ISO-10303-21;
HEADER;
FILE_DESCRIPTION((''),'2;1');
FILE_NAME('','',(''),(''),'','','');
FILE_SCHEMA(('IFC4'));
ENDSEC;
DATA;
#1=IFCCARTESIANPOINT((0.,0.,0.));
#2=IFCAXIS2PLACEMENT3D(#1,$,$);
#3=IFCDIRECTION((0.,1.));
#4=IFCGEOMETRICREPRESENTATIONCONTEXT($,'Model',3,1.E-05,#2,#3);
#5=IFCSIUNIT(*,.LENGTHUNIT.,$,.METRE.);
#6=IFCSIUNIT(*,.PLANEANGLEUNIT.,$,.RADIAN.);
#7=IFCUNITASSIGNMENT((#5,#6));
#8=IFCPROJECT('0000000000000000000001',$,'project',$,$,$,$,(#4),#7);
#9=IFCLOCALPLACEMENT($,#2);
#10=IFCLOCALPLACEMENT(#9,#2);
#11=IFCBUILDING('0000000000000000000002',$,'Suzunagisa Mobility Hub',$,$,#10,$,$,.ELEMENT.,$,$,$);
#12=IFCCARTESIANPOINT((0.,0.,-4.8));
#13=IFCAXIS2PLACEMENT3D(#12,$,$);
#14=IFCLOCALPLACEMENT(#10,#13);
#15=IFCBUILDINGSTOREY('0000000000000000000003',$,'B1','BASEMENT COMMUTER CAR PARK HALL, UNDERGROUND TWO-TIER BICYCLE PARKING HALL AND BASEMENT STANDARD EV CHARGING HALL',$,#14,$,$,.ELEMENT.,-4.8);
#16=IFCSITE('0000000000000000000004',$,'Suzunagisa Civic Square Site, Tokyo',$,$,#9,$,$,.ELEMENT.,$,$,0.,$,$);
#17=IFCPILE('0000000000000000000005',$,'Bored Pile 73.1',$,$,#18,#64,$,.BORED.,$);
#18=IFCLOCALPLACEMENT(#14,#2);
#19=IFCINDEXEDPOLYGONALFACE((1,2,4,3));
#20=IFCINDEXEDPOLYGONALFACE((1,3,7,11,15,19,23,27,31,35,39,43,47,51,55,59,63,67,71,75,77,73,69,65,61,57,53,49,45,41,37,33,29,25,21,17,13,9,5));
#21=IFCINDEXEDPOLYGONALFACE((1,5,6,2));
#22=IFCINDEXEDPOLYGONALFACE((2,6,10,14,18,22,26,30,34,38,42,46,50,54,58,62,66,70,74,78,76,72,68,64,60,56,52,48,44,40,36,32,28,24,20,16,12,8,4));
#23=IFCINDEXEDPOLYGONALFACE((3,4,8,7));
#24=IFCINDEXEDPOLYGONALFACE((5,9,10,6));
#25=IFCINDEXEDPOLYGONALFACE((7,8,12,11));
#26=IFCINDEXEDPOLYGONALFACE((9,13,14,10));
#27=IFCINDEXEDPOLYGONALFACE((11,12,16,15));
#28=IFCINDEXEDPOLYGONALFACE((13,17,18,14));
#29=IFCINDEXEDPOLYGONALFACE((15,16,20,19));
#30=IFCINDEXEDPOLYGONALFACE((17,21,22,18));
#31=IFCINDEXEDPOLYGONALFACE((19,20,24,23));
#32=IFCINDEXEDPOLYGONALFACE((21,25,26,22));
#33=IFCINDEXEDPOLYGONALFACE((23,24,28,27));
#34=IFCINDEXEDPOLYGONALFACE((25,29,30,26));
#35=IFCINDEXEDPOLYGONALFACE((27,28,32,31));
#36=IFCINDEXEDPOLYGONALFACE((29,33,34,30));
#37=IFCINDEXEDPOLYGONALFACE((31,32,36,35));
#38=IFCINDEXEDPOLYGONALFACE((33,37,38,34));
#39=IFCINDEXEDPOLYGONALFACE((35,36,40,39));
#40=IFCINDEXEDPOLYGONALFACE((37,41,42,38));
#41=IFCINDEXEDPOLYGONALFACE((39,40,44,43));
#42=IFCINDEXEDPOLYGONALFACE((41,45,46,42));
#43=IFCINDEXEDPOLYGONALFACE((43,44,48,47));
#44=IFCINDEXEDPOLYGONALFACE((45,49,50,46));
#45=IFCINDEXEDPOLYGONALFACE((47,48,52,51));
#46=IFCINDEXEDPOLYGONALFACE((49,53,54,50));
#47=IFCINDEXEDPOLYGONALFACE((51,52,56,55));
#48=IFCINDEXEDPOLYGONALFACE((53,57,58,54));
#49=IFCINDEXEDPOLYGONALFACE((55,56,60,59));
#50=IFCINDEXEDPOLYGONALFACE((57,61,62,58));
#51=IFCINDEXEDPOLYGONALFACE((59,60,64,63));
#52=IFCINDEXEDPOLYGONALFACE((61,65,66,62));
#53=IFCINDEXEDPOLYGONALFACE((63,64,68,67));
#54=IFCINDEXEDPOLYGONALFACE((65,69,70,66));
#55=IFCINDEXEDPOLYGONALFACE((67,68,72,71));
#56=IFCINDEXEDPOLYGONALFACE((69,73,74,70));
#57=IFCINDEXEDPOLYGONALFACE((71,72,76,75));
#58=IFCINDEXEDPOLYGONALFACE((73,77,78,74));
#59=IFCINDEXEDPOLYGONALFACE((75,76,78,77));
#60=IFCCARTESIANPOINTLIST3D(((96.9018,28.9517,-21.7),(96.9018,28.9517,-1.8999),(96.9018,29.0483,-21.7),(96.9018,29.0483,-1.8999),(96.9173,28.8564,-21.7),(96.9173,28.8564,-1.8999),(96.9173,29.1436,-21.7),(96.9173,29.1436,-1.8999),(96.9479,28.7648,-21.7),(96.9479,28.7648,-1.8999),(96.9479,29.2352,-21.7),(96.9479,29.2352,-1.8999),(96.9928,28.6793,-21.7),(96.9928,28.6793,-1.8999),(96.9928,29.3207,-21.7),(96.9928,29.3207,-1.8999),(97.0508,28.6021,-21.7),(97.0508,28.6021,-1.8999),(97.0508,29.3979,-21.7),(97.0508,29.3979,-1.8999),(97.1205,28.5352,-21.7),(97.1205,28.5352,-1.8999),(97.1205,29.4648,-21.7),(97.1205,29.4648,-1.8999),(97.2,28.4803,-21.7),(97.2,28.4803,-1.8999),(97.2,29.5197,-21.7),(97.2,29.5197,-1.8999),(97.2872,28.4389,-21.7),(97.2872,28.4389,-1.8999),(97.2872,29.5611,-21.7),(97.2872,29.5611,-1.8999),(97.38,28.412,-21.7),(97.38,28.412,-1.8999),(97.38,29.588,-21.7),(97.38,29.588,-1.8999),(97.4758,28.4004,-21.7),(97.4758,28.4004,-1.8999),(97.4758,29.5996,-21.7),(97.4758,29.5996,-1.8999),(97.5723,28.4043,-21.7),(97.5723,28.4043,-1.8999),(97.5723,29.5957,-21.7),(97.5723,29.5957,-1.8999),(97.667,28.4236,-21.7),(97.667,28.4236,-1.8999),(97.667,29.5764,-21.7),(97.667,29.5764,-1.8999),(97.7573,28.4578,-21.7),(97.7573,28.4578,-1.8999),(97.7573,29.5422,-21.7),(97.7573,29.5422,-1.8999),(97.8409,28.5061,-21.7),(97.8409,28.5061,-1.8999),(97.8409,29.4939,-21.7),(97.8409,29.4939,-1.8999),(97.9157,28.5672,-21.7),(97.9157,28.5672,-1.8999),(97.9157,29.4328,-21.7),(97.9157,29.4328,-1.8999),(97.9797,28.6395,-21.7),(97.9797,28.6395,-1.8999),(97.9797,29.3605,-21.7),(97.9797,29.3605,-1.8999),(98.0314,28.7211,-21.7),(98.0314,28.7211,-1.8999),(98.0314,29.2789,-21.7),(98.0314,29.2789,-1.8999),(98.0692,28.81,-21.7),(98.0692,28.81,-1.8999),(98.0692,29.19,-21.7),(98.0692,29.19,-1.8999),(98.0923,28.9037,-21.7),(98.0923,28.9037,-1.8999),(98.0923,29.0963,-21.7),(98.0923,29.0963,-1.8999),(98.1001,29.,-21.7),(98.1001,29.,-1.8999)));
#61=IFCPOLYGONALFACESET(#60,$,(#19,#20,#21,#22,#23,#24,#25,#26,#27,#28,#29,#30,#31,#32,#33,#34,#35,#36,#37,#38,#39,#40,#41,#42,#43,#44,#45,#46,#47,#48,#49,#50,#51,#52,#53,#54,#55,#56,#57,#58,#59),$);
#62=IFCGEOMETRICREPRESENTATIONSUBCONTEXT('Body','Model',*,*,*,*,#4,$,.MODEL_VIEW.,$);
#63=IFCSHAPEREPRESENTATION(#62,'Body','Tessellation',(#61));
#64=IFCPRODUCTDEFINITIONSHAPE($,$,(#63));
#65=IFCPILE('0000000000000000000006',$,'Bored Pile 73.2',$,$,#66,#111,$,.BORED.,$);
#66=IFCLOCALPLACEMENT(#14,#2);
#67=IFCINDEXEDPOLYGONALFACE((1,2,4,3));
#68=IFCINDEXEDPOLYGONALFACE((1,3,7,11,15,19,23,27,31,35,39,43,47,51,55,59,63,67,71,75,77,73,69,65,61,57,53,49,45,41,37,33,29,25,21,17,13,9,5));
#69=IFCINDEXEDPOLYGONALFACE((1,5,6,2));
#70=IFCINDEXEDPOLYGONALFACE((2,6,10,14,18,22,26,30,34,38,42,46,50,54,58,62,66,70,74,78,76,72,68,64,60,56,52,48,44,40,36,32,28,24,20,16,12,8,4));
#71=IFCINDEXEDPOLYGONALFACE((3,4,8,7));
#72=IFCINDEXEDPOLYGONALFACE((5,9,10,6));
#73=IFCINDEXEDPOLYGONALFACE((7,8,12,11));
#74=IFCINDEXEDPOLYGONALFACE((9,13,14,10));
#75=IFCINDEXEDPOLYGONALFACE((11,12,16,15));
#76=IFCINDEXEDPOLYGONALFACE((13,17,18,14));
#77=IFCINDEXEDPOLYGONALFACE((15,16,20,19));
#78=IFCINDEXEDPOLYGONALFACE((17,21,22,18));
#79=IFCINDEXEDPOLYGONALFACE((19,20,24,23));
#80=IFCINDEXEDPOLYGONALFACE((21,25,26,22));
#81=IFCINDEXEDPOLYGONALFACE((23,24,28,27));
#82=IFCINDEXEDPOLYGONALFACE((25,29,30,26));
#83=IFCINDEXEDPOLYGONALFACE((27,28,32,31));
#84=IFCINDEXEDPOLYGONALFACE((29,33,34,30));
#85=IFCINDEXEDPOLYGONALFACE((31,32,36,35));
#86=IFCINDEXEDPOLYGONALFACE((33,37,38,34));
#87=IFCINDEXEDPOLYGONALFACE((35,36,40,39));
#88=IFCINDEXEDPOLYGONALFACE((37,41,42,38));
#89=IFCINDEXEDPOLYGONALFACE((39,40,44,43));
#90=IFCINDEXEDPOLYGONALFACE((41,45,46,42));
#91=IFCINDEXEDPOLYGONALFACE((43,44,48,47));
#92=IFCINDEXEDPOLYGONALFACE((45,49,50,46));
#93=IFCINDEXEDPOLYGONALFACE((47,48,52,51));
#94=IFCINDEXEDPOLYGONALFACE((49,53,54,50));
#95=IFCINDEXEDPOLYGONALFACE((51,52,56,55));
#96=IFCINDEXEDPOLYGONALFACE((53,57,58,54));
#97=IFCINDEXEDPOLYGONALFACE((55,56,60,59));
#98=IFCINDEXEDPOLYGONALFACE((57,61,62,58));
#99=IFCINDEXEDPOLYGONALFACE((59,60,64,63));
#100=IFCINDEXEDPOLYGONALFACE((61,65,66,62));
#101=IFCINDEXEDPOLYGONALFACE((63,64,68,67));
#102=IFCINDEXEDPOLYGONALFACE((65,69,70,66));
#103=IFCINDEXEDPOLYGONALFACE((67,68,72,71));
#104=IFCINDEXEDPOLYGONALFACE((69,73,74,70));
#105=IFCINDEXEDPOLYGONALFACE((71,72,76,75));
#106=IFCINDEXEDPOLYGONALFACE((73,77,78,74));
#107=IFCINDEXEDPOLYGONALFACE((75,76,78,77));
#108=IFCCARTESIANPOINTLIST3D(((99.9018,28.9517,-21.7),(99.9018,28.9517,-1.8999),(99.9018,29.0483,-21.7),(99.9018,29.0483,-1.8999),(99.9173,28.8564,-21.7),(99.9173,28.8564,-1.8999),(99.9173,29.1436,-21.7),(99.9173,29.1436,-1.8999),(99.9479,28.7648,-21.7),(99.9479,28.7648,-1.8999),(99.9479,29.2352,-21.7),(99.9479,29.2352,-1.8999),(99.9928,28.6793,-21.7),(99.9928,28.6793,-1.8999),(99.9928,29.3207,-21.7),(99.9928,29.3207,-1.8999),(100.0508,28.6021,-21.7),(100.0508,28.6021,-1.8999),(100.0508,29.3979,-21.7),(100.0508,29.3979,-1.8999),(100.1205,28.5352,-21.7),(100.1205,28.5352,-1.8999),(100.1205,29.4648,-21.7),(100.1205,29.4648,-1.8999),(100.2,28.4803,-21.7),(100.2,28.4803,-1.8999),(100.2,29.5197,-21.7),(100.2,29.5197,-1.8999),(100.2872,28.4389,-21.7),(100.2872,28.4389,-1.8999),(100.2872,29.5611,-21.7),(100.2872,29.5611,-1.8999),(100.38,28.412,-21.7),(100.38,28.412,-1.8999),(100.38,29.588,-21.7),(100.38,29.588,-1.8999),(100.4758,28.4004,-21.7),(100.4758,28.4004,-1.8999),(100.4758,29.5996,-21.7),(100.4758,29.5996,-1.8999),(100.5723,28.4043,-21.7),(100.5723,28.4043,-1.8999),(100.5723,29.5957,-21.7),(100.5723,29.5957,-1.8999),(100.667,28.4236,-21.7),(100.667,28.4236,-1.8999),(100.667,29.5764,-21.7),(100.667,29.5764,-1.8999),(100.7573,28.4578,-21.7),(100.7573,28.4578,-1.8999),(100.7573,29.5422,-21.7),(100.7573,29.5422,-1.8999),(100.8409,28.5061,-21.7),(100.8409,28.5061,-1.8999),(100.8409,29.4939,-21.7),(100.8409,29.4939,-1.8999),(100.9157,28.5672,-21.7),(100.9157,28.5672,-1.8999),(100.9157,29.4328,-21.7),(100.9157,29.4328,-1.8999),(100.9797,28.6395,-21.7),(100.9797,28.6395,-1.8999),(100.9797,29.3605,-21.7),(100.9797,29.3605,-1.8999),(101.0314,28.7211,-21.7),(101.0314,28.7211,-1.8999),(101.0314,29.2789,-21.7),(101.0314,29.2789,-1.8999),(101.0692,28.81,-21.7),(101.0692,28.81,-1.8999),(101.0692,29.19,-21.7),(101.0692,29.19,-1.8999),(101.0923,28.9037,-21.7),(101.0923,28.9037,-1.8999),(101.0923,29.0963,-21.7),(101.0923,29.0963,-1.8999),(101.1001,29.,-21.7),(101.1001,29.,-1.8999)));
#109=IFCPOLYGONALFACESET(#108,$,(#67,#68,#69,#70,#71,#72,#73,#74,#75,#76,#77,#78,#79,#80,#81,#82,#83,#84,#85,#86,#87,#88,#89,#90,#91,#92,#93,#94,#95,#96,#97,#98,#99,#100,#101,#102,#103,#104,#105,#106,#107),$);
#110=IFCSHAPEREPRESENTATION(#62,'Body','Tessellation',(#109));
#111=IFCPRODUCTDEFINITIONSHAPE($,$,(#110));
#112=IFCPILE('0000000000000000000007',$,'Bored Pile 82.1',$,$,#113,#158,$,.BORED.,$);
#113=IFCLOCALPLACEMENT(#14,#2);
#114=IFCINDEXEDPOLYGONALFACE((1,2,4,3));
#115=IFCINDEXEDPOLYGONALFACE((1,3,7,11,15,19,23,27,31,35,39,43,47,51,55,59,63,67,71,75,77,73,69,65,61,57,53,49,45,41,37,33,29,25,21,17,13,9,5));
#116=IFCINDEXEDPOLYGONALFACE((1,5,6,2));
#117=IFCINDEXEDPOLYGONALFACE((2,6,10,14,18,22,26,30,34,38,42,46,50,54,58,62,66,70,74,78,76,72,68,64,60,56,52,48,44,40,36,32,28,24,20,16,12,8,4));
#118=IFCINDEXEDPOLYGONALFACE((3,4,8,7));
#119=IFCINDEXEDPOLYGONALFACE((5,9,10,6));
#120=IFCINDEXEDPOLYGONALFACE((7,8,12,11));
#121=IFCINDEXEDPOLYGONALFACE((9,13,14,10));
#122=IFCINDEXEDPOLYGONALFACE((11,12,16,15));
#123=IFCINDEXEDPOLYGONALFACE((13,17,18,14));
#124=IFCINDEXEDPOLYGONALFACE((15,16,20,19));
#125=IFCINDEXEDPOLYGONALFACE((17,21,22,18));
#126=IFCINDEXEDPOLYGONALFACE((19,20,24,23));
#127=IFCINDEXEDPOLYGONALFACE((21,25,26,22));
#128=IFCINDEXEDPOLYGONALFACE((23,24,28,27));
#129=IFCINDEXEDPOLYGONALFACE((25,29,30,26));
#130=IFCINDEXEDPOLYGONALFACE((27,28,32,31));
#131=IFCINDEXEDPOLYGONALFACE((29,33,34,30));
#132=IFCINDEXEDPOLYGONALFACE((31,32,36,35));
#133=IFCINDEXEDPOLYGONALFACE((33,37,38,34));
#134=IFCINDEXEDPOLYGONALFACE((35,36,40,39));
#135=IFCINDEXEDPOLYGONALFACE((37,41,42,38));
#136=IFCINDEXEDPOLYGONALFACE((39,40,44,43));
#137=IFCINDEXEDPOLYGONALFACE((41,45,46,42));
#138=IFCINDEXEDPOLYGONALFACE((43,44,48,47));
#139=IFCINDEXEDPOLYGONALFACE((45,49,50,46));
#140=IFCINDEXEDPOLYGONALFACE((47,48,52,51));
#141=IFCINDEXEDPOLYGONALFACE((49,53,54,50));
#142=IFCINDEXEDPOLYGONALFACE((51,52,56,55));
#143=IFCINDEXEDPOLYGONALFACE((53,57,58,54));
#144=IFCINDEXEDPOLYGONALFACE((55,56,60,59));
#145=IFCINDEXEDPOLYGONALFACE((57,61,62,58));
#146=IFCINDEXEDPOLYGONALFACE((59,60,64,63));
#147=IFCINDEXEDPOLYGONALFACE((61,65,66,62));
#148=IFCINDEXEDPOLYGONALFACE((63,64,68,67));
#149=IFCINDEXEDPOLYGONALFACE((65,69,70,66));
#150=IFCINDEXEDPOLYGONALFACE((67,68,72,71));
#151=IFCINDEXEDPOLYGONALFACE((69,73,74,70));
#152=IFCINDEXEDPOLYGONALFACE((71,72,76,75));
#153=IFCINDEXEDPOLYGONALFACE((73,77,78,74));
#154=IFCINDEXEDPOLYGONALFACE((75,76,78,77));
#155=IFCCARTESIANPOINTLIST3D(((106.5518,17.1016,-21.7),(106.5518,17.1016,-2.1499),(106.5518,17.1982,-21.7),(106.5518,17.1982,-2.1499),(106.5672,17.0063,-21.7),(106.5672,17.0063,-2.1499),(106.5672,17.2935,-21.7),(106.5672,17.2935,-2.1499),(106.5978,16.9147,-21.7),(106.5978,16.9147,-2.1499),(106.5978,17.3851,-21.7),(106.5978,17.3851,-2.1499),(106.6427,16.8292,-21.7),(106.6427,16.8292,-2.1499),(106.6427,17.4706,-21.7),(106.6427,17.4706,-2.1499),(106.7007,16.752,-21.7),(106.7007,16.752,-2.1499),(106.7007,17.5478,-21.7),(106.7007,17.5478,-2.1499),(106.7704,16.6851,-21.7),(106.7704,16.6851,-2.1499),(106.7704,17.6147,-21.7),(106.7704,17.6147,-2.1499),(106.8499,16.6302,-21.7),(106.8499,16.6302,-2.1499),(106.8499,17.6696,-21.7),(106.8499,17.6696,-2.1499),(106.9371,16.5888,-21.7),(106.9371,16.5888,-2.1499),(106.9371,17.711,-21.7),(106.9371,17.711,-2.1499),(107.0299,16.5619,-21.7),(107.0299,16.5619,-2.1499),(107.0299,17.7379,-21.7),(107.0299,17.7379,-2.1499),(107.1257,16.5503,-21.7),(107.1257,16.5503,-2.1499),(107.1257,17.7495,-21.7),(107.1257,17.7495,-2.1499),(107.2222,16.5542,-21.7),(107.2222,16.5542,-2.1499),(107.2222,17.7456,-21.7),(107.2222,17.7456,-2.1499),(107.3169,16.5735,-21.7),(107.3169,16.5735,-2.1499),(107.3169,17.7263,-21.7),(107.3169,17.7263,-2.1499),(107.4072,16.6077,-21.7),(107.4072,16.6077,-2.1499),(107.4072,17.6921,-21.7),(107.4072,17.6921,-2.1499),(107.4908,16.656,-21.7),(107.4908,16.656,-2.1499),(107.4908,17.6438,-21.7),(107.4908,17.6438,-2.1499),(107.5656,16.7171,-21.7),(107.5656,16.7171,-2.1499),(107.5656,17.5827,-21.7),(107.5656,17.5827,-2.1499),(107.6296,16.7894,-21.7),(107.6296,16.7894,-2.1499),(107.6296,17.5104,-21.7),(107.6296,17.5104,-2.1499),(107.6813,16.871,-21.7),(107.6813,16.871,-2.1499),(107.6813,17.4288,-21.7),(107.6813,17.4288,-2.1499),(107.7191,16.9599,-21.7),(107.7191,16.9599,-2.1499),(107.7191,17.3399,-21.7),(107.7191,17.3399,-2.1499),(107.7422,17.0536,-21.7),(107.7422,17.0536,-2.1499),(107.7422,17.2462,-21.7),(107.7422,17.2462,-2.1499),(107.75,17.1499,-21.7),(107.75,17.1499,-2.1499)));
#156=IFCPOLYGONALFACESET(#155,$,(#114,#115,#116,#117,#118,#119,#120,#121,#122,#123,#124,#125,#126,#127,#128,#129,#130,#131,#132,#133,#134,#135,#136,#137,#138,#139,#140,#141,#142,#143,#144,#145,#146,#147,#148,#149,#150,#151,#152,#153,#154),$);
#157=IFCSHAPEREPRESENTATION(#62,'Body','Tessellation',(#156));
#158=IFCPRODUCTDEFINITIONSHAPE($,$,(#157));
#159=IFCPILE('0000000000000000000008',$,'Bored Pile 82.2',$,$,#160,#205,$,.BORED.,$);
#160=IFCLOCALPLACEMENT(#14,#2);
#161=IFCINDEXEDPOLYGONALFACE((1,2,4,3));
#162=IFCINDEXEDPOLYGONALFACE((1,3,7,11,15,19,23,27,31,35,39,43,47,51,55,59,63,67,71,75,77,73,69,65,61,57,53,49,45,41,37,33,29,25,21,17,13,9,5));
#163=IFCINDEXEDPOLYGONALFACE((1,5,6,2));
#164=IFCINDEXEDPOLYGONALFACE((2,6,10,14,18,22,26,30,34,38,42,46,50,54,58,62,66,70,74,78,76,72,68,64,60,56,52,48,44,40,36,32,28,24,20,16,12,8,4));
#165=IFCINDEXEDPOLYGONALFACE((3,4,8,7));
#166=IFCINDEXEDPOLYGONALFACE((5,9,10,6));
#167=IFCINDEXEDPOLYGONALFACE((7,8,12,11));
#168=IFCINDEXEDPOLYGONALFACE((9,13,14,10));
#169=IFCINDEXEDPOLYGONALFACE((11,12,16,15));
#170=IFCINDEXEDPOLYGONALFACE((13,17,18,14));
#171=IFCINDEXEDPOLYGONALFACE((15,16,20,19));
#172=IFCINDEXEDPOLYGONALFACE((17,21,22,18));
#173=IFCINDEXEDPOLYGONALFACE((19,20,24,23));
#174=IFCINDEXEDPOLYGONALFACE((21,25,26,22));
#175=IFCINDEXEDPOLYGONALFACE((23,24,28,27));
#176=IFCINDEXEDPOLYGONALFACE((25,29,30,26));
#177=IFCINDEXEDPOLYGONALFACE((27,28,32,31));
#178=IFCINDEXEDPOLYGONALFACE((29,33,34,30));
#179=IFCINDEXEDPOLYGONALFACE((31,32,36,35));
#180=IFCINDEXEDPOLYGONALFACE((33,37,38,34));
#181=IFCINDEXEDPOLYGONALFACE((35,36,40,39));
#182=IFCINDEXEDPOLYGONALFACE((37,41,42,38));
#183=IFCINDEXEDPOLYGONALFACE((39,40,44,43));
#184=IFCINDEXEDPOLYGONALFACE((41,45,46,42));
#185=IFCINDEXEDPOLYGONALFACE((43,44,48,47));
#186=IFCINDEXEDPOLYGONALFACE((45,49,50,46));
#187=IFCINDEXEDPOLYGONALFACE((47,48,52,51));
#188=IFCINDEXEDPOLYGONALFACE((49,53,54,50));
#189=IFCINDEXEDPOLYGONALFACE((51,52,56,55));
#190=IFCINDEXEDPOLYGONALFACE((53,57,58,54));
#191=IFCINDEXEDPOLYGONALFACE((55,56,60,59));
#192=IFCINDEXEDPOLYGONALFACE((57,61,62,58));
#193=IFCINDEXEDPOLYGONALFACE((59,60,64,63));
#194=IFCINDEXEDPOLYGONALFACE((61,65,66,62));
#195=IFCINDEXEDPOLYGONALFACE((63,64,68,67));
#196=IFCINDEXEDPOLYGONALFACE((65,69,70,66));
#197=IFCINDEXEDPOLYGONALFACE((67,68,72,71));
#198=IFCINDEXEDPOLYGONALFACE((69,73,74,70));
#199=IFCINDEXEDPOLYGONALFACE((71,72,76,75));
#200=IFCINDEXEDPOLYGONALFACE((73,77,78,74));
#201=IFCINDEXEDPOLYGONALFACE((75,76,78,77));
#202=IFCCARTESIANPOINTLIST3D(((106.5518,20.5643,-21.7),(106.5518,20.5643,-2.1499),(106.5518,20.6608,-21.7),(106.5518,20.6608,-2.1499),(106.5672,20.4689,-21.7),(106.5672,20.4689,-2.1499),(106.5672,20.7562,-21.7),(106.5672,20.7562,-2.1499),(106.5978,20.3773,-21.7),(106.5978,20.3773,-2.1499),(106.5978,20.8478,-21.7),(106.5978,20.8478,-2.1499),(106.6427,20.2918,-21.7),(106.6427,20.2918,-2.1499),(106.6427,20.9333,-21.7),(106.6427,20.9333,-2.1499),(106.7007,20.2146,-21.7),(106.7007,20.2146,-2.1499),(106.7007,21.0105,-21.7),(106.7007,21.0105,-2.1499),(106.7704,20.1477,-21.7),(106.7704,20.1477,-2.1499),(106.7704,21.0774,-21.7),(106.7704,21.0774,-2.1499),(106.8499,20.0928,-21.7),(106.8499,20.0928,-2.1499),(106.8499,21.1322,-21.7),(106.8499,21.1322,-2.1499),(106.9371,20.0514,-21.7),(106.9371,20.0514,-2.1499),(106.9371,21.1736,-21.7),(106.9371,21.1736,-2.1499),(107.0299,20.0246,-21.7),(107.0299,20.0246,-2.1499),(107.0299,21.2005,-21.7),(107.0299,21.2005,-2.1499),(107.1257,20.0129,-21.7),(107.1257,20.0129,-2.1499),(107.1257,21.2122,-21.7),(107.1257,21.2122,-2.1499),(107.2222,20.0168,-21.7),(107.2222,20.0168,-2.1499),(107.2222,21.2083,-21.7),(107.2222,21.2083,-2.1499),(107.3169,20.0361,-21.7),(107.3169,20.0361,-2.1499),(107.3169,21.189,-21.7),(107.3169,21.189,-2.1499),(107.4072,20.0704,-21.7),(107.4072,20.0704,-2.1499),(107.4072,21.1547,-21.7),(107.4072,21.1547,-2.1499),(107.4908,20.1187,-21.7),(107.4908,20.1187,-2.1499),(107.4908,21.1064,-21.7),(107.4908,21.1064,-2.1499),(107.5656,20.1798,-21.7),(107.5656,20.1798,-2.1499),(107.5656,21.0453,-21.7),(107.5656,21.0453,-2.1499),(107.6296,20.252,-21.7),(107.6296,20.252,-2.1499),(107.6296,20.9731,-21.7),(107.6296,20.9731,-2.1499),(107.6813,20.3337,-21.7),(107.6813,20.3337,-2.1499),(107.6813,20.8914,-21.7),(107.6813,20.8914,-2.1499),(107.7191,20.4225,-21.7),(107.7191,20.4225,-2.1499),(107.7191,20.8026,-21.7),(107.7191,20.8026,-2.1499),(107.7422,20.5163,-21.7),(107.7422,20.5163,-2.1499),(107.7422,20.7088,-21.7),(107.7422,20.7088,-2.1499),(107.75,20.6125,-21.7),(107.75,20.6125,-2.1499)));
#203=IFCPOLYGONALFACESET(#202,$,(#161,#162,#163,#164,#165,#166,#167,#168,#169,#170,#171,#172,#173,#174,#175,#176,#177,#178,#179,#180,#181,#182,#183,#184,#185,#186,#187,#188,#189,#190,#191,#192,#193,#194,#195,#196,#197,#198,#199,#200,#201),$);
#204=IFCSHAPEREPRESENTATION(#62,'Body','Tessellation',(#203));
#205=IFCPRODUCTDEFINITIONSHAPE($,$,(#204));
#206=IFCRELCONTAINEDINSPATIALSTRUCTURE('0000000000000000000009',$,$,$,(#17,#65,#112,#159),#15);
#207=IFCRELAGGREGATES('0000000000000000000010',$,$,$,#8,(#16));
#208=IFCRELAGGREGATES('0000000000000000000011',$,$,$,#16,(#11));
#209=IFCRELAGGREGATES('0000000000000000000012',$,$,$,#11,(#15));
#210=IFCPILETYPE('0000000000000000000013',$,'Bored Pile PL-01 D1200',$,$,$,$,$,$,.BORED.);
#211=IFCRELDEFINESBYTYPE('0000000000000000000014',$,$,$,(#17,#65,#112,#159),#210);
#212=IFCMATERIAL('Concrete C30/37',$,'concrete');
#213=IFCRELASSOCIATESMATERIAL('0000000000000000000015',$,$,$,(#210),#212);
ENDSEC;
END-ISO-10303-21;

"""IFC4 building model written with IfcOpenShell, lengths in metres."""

from ifc_helpers import new_model, si_unit, direction, frame, origin, origin_2d, place, context, subcontext, project, spatial, circle, extrude, material, material_profile, profile_set, type_object, element, save


model = new_model("IFC4")

# Units and contexts
model_context = context("Model", 3, precision=1e-05, world=origin(), true_north=direction((0.0, 1.0)))
body_context = subcontext(model_context, "Body", "Model", "MODEL_VIEW")
ifc_project = project(units=[si_unit("LENGTHUNIT", "METRE"), si_unit("PLANEANGLEUNIT", "RADIAN")], contexts=[model_context])

# Site, building, storey
site_placement = place(None, origin())
site = spatial("IfcSite", under=ifc_project, at=site_placement, Name="Suzunagisa Civic Square Site, Tokyo", CompositionType="ELEMENT", RefElevation=0.0)
building_placement = place(site_placement, origin())
building = spatial("IfcBuilding", under=site, at=building_placement, Name="Suzunagisa Mobility Hub", CompositionType="ELEMENT")
storey_placement = place(building_placement, frame((0.0, 0.0, -4.8)))
storey = spatial("IfcBuildingStorey", under=building, at=storey_placement, Name="B1", Description="BASEMENT COMMUTER CAR PARK HALL, UNDERGROUND TWO-TIER BICYCLE PARKING HALL AND BASEMENT STANDARD EV CHARGING HALL", CompositionType="ELEMENT", Elevation=-4.8)

# Piles
ifc_material_1 = material(Name="Concrete C30/37", Category="concrete")
ifc_material_profile_1 = material_profile(ifc_material_1, circle(Radius=0.6001, at=origin_2d()), Name="BORED PILE D1200")
ifc_profile_set_1 = profile_set([ifc_material_profile_1], Name="Concrete C30/37")
pile_type = type_object("IfcPileType", Name="Bored Pile PL-01 D1200", PredefinedType="BORED", material=ifc_profile_set_1)
for number, where, z_axis, x_axis, name in (
    (1, (97.5, 29.0, -1.8999), (0.0, 0.0, -1.0), (1.0, 0.0, 0.0), "Bored Pile 73.1"),
    (2, (100.5, 29.0, -1.8999), (0.0, 0.0, -1.0), (1.0, 0.0, 0.0), "Bored Pile 73.2"),
):
    element("IfcPile", number, at=place(storey_placement, frame(where, z_axis=z_axis, x_axis=x_axis)), inside=storey, type_object=pile_type, Name=name, PredefinedType="BORED", context=body_context, shape_type="SweptSolid", body=[
        extrude(circle(Radius=0.6001, at=origin_2d()), origin(), (0.0, 0.0, 1.0), 19.8),
    ])
for number, where, z_axis, x_axis, name in (
    (3, (107.1499, 17.1499, -2.1499), (0.0, 0.0, -1.0), (1.0, 0.0, 0.0), "Bored Pile 82.1"),
    (4, (107.1499, 20.6125, -2.1499), (0.0, 0.0, -1.0), (1.0, 0.0, 0.0), "Bored Pile 82.2"),
):
    element("IfcPile", number, at=place(storey_placement, frame(where, z_axis=z_axis, x_axis=x_axis)), inside=storey, type_object=pile_type, Name=name, PredefinedType="BORED", context=body_context, shape_type="SweptSolid", body=[
        extrude(circle(Radius=0.6001, at=origin_2d()), origin(), (0.0, 0.0, 1.0), 19.55),
    ])

save(model, "model.ifc")
